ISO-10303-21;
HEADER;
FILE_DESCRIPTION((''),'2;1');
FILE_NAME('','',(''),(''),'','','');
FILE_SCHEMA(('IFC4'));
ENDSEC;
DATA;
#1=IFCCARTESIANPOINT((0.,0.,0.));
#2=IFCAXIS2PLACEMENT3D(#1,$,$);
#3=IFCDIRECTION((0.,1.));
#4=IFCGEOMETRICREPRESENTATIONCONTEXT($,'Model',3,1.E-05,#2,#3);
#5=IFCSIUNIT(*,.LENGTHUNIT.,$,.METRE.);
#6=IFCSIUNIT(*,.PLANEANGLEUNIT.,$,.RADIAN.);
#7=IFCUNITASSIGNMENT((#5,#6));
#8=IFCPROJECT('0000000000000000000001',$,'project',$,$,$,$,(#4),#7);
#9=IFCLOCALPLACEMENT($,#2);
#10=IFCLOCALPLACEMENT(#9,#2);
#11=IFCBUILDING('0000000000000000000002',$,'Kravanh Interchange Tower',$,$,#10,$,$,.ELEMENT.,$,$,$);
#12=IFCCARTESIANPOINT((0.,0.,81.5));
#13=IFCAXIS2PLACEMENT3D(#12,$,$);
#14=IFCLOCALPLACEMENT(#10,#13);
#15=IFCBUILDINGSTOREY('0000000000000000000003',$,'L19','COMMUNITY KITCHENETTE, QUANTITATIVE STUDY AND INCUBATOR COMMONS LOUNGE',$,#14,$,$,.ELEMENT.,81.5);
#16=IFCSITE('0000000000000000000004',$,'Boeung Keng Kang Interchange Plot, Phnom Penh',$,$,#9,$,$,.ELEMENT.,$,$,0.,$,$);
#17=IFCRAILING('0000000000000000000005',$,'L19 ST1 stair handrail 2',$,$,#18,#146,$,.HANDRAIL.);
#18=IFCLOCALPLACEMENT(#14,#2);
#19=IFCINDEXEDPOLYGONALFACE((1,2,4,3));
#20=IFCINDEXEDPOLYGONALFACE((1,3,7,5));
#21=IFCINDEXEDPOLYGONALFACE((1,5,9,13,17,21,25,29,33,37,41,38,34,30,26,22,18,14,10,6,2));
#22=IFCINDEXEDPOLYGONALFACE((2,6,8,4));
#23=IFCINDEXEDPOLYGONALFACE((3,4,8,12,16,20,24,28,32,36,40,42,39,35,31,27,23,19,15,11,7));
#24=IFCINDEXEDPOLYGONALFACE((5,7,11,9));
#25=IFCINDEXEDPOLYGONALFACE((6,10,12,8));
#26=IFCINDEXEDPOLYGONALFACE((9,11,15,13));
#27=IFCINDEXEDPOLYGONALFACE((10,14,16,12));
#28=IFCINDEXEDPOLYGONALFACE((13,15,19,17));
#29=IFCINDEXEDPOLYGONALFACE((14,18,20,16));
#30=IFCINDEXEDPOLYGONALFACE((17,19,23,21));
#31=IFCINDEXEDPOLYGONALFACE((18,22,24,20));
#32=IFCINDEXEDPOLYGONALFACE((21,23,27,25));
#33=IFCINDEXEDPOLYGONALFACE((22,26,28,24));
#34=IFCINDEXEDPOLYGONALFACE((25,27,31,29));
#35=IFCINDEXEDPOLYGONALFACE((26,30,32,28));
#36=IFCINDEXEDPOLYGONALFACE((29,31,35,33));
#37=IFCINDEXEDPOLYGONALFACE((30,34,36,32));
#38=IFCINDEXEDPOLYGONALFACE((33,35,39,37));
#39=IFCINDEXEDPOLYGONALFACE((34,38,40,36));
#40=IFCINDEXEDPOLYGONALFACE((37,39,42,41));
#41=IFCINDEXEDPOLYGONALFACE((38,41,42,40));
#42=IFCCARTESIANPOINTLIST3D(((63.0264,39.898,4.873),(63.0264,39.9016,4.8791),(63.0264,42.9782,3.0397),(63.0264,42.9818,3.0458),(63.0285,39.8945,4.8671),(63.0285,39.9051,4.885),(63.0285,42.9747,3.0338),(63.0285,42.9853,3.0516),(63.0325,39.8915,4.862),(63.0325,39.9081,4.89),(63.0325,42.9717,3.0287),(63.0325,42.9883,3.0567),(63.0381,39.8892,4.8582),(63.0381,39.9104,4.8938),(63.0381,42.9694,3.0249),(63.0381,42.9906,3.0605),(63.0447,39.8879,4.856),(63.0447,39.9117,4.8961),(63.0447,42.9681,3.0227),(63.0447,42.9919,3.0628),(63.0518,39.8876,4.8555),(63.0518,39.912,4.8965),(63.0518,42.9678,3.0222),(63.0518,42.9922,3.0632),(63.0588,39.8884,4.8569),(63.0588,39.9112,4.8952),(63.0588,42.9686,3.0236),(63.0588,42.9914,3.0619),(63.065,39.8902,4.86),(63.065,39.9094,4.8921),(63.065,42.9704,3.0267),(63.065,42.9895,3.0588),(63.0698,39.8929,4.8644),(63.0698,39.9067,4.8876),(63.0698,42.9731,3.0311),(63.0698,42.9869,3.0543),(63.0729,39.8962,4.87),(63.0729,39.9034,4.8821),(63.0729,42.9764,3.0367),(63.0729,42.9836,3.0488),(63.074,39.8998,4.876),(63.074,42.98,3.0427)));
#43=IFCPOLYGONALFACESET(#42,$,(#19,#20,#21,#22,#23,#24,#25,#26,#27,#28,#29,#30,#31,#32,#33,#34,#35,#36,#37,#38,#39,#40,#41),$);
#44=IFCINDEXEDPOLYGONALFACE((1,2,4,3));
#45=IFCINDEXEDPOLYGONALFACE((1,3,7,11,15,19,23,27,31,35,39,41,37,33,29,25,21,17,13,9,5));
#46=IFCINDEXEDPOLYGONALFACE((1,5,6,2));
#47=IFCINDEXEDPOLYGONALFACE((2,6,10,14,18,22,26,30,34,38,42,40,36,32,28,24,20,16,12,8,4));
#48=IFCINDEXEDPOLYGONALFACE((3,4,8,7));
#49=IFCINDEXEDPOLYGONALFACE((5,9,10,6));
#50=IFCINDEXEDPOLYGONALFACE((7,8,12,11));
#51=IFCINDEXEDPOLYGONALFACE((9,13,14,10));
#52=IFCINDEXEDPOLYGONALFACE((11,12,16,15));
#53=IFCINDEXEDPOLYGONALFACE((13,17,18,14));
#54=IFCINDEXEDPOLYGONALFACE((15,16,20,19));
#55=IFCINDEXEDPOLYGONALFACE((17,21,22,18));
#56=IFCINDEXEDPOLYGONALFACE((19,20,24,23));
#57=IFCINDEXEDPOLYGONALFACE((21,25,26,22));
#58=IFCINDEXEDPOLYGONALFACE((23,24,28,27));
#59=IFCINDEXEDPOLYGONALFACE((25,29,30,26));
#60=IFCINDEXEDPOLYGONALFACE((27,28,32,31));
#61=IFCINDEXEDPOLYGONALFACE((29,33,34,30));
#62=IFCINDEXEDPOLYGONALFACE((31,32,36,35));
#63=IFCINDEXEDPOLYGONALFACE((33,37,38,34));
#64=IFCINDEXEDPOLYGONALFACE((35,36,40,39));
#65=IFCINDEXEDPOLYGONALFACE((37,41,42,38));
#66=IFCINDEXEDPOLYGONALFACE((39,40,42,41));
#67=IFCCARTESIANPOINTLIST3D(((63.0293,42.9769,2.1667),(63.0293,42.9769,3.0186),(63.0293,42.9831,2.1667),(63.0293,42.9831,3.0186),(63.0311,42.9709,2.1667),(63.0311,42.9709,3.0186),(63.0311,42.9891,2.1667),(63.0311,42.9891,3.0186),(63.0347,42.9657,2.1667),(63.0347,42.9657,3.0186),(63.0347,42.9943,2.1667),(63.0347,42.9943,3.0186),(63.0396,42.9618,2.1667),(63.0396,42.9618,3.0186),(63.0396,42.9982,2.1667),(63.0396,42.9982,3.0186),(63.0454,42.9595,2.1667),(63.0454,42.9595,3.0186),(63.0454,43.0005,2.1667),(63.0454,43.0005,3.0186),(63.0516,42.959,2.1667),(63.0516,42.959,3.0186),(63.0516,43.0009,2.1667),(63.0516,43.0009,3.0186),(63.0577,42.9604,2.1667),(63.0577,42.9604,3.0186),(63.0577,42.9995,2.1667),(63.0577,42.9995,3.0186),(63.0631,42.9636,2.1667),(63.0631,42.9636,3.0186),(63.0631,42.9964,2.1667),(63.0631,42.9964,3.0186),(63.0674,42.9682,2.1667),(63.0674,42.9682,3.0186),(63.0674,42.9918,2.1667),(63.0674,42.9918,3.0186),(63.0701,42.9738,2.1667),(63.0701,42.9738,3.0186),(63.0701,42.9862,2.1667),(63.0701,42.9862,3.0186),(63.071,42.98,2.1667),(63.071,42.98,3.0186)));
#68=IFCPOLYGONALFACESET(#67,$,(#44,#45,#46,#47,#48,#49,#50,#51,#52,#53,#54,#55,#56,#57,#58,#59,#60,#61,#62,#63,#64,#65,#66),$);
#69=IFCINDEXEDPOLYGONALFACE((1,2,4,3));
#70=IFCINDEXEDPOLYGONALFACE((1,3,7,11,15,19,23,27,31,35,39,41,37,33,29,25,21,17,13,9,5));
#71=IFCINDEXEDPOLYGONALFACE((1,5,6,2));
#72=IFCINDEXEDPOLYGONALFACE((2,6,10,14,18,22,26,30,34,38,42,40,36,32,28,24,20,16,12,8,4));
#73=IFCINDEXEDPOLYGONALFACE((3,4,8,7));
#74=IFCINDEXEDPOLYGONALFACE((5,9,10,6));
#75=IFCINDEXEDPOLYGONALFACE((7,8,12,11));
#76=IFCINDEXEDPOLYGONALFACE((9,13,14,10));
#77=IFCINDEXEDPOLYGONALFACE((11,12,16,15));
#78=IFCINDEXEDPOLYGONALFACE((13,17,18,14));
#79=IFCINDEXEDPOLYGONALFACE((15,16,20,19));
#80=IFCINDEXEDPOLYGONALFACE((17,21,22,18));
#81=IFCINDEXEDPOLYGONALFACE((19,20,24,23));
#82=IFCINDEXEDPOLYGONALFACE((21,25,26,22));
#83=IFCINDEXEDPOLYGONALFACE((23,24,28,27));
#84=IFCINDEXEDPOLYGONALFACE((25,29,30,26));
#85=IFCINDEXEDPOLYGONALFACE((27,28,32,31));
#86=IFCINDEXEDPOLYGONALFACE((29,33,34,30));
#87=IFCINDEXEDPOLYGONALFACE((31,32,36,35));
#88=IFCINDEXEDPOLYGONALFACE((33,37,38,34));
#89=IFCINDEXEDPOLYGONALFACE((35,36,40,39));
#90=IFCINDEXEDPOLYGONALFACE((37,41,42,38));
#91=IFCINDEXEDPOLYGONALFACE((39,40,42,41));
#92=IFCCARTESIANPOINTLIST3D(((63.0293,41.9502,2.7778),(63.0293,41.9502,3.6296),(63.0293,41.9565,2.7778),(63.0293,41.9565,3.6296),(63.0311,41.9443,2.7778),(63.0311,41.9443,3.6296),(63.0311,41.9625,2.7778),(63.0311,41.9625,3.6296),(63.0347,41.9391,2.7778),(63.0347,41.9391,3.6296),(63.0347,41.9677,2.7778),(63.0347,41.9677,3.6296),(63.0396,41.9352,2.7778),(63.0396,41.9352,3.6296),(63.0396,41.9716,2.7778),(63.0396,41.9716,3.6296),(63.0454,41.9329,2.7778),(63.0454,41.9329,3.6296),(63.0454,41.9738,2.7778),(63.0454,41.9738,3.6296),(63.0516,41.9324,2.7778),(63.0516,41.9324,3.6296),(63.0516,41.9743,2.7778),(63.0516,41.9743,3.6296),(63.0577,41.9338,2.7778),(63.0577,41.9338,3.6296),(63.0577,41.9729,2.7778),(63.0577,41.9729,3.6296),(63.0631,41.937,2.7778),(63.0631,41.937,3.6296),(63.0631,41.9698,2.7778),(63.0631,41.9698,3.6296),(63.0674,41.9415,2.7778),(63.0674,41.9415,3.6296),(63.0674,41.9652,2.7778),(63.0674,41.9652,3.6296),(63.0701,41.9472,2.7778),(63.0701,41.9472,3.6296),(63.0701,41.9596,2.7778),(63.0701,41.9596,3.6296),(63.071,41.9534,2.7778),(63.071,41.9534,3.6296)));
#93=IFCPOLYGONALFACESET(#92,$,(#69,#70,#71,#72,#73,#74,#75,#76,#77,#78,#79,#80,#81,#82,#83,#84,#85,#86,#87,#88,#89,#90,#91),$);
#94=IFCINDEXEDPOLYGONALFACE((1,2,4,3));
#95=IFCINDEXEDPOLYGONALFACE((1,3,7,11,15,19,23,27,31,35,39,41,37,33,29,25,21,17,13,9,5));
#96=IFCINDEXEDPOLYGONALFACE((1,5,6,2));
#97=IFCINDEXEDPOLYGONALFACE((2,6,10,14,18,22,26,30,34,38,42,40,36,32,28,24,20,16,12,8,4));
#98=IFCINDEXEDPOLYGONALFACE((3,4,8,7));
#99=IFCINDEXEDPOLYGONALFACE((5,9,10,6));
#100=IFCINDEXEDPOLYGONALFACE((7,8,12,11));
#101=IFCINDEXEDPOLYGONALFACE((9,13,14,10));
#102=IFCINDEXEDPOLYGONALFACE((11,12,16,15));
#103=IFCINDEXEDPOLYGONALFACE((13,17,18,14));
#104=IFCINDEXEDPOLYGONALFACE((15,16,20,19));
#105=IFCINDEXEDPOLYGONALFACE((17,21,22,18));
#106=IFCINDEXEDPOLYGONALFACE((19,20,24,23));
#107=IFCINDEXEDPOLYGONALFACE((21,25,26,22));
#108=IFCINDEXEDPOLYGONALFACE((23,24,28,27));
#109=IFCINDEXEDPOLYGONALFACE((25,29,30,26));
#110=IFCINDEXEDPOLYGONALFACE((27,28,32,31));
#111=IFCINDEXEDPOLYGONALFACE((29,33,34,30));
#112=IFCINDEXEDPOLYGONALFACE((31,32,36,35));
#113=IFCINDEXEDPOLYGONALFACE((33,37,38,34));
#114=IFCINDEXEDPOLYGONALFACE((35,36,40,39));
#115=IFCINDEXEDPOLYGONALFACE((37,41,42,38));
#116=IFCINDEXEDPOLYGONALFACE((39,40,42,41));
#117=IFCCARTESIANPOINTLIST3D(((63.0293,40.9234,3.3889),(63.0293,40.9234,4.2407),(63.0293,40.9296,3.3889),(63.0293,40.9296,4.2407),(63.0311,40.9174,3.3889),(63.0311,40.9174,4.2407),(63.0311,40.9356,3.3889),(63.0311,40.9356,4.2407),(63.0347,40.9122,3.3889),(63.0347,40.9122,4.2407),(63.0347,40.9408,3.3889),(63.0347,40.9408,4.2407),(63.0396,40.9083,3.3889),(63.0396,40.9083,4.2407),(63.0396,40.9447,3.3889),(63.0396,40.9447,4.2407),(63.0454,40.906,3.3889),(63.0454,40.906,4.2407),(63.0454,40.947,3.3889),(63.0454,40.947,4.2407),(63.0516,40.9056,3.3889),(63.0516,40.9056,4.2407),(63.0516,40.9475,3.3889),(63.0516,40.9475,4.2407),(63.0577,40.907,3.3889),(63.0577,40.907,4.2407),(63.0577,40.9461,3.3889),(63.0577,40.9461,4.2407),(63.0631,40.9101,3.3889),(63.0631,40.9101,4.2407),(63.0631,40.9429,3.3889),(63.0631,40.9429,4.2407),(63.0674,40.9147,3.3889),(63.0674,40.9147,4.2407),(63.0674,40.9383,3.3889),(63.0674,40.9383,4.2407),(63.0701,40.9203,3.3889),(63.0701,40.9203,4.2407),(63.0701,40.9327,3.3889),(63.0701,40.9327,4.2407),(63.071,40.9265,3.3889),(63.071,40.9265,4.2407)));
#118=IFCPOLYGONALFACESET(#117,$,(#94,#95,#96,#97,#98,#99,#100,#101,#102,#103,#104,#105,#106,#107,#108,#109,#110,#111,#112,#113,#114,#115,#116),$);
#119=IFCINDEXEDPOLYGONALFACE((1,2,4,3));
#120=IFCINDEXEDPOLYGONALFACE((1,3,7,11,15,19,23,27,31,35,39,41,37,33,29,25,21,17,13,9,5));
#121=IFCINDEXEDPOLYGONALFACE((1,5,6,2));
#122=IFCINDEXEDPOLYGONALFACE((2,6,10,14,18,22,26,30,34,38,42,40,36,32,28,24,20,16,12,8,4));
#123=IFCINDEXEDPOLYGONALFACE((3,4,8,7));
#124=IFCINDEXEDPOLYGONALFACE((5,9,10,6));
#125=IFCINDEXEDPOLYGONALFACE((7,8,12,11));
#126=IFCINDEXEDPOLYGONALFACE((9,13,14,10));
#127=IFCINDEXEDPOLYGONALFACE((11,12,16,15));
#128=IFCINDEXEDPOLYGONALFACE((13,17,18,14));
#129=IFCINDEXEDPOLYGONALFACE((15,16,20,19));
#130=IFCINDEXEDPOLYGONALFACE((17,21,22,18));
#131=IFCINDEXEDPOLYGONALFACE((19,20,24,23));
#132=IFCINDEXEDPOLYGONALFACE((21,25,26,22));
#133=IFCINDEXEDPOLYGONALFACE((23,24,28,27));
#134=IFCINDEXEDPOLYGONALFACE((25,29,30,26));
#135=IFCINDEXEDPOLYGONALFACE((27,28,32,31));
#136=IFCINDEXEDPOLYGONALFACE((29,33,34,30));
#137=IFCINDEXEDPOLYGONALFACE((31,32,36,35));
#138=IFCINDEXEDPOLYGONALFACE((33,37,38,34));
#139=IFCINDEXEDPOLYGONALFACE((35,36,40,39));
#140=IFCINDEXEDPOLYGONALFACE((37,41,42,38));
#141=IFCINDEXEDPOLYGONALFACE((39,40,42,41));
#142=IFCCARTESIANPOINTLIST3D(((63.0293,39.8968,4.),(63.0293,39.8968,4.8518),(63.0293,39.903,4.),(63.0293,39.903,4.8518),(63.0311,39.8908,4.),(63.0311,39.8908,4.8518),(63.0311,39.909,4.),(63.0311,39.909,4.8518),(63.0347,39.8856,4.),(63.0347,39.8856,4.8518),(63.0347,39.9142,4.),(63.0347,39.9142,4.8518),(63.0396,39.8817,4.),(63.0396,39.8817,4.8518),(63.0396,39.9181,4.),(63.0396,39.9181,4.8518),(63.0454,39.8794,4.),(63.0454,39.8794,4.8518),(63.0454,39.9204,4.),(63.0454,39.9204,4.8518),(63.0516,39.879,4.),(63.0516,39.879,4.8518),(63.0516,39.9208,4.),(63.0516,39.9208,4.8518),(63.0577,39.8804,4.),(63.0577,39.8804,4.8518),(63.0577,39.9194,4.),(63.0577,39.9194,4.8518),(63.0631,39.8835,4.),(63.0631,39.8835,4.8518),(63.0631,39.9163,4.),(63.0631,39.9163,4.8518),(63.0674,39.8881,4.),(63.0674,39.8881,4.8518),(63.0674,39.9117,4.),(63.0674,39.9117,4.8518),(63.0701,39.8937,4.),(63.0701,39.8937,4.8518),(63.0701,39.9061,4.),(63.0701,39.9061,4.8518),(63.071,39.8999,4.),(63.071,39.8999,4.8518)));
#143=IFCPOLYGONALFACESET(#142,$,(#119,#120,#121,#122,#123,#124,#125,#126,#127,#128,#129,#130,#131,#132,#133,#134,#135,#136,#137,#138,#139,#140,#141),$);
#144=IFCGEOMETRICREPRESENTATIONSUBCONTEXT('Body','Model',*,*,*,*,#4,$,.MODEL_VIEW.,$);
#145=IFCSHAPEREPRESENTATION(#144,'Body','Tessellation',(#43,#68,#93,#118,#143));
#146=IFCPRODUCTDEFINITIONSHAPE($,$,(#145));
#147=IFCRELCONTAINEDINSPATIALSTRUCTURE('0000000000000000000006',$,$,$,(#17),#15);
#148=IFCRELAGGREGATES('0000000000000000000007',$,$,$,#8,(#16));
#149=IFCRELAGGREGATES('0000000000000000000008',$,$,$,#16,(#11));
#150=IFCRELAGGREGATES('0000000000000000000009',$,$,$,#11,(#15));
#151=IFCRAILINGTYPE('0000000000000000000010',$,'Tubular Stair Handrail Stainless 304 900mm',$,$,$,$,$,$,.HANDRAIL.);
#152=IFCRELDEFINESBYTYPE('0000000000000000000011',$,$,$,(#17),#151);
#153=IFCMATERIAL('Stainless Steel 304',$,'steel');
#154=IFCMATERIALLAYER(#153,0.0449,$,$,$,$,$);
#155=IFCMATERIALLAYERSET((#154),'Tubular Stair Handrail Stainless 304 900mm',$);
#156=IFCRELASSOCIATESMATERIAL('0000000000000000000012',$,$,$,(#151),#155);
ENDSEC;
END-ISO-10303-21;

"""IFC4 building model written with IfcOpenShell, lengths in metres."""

from ifc_helpers import new_model, si_unit, direction, frame, origin, origin_2d, place, context, subcontext, project, spatial, circle, extrude, material, layer, layer_set, type_object, element, save


model = new_model("IFC4")

# Units and contexts
model_context = context("Model", 3, precision=1e-05, world=origin(), true_north=direction((0.0, 1.0)))
body_context = subcontext(model_context, "Body", "Model", "MODEL_VIEW")
ifc_project = project(units=[si_unit("LENGTHUNIT", "METRE"), si_unit("PLANEANGLEUNIT", "RADIAN")], contexts=[model_context])

# Site, building, storey
site_placement = place(None, origin())
site = spatial("IfcSite", under=ifc_project, at=site_placement, Name="Boeung Keng Kang Interchange Plot, Phnom Penh", CompositionType="ELEMENT", RefElevation=0.0)
building_placement = place(site_placement, origin())
building = spatial("IfcBuilding", under=site, at=building_placement, Name="Kravanh Interchange Tower", CompositionType="ELEMENT")
storey_placement = place(building_placement, frame((0.0, 0.0, 81.5)))
storey = spatial("IfcBuildingStorey", under=building, at=storey_placement, Name="L19", Description="COMMUNITY KITCHENETTE, QUANTITATIVE STUDY AND INCUBATOR COMMONS LOUNGE", CompositionType="ELEMENT", Elevation=81.5)

# Railing
ifc_material_1 = material(Name="Stainless Steel 304", Category="steel")
ifc_layer_1 = layer(ifc_material_1, 0.0449)
ifc_layer_set_1 = layer_set([ifc_layer_1], Name="Tubular Stair Handrail Stainless 304 900mm")
railing_type_1 = type_object("IfcRailingType", Name="Tubular Stair Handrail Stainless 304 900mm", PredefinedType="HANDRAIL", material=ifc_layer_set_1)
railing_1_placement = place(storey_placement, frame((63.05, 42.98, 2.1667)))
element("IfcRailing", 1, at=railing_1_placement, inside=storey, type_object=railing_type_1, Name="L19 ST1 stair handrail 2", PredefinedType="HANDRAIL", context=body_context, shape_type="SweptSolid", body=[
    extrude(circle(Radius=0.0239, at=origin_2d()), frame((0.0, 0.0, 0.876), z_axis=(0.0, -0.859309, 0.511458), x_axis=(1.0, 0.0, 0.0)), (0.0, 0.0, 1.0), 3.5845),
    extrude(circle(Radius=0.021, at=origin_2d()), origin(), (0.0, 0.0, 1.0), 0.8518),
    extrude(circle(Radius=0.021, at=origin_2d()), frame((0.0, -1.0266, 0.6111)), (0.0, 0.0, 1.0), 0.8518),
    extrude(circle(Radius=0.021, at=origin_2d()), frame((0.0, -2.0535, 1.2222)), (0.0, 0.0, 1.0), 0.8518),
    extrude(circle(Radius=0.021, at=origin_2d()), frame((0.0, -3.0801, 1.8333)), (0.0, 0.0, 1.0), 0.8518),
])

save(model, "model.ifc")
